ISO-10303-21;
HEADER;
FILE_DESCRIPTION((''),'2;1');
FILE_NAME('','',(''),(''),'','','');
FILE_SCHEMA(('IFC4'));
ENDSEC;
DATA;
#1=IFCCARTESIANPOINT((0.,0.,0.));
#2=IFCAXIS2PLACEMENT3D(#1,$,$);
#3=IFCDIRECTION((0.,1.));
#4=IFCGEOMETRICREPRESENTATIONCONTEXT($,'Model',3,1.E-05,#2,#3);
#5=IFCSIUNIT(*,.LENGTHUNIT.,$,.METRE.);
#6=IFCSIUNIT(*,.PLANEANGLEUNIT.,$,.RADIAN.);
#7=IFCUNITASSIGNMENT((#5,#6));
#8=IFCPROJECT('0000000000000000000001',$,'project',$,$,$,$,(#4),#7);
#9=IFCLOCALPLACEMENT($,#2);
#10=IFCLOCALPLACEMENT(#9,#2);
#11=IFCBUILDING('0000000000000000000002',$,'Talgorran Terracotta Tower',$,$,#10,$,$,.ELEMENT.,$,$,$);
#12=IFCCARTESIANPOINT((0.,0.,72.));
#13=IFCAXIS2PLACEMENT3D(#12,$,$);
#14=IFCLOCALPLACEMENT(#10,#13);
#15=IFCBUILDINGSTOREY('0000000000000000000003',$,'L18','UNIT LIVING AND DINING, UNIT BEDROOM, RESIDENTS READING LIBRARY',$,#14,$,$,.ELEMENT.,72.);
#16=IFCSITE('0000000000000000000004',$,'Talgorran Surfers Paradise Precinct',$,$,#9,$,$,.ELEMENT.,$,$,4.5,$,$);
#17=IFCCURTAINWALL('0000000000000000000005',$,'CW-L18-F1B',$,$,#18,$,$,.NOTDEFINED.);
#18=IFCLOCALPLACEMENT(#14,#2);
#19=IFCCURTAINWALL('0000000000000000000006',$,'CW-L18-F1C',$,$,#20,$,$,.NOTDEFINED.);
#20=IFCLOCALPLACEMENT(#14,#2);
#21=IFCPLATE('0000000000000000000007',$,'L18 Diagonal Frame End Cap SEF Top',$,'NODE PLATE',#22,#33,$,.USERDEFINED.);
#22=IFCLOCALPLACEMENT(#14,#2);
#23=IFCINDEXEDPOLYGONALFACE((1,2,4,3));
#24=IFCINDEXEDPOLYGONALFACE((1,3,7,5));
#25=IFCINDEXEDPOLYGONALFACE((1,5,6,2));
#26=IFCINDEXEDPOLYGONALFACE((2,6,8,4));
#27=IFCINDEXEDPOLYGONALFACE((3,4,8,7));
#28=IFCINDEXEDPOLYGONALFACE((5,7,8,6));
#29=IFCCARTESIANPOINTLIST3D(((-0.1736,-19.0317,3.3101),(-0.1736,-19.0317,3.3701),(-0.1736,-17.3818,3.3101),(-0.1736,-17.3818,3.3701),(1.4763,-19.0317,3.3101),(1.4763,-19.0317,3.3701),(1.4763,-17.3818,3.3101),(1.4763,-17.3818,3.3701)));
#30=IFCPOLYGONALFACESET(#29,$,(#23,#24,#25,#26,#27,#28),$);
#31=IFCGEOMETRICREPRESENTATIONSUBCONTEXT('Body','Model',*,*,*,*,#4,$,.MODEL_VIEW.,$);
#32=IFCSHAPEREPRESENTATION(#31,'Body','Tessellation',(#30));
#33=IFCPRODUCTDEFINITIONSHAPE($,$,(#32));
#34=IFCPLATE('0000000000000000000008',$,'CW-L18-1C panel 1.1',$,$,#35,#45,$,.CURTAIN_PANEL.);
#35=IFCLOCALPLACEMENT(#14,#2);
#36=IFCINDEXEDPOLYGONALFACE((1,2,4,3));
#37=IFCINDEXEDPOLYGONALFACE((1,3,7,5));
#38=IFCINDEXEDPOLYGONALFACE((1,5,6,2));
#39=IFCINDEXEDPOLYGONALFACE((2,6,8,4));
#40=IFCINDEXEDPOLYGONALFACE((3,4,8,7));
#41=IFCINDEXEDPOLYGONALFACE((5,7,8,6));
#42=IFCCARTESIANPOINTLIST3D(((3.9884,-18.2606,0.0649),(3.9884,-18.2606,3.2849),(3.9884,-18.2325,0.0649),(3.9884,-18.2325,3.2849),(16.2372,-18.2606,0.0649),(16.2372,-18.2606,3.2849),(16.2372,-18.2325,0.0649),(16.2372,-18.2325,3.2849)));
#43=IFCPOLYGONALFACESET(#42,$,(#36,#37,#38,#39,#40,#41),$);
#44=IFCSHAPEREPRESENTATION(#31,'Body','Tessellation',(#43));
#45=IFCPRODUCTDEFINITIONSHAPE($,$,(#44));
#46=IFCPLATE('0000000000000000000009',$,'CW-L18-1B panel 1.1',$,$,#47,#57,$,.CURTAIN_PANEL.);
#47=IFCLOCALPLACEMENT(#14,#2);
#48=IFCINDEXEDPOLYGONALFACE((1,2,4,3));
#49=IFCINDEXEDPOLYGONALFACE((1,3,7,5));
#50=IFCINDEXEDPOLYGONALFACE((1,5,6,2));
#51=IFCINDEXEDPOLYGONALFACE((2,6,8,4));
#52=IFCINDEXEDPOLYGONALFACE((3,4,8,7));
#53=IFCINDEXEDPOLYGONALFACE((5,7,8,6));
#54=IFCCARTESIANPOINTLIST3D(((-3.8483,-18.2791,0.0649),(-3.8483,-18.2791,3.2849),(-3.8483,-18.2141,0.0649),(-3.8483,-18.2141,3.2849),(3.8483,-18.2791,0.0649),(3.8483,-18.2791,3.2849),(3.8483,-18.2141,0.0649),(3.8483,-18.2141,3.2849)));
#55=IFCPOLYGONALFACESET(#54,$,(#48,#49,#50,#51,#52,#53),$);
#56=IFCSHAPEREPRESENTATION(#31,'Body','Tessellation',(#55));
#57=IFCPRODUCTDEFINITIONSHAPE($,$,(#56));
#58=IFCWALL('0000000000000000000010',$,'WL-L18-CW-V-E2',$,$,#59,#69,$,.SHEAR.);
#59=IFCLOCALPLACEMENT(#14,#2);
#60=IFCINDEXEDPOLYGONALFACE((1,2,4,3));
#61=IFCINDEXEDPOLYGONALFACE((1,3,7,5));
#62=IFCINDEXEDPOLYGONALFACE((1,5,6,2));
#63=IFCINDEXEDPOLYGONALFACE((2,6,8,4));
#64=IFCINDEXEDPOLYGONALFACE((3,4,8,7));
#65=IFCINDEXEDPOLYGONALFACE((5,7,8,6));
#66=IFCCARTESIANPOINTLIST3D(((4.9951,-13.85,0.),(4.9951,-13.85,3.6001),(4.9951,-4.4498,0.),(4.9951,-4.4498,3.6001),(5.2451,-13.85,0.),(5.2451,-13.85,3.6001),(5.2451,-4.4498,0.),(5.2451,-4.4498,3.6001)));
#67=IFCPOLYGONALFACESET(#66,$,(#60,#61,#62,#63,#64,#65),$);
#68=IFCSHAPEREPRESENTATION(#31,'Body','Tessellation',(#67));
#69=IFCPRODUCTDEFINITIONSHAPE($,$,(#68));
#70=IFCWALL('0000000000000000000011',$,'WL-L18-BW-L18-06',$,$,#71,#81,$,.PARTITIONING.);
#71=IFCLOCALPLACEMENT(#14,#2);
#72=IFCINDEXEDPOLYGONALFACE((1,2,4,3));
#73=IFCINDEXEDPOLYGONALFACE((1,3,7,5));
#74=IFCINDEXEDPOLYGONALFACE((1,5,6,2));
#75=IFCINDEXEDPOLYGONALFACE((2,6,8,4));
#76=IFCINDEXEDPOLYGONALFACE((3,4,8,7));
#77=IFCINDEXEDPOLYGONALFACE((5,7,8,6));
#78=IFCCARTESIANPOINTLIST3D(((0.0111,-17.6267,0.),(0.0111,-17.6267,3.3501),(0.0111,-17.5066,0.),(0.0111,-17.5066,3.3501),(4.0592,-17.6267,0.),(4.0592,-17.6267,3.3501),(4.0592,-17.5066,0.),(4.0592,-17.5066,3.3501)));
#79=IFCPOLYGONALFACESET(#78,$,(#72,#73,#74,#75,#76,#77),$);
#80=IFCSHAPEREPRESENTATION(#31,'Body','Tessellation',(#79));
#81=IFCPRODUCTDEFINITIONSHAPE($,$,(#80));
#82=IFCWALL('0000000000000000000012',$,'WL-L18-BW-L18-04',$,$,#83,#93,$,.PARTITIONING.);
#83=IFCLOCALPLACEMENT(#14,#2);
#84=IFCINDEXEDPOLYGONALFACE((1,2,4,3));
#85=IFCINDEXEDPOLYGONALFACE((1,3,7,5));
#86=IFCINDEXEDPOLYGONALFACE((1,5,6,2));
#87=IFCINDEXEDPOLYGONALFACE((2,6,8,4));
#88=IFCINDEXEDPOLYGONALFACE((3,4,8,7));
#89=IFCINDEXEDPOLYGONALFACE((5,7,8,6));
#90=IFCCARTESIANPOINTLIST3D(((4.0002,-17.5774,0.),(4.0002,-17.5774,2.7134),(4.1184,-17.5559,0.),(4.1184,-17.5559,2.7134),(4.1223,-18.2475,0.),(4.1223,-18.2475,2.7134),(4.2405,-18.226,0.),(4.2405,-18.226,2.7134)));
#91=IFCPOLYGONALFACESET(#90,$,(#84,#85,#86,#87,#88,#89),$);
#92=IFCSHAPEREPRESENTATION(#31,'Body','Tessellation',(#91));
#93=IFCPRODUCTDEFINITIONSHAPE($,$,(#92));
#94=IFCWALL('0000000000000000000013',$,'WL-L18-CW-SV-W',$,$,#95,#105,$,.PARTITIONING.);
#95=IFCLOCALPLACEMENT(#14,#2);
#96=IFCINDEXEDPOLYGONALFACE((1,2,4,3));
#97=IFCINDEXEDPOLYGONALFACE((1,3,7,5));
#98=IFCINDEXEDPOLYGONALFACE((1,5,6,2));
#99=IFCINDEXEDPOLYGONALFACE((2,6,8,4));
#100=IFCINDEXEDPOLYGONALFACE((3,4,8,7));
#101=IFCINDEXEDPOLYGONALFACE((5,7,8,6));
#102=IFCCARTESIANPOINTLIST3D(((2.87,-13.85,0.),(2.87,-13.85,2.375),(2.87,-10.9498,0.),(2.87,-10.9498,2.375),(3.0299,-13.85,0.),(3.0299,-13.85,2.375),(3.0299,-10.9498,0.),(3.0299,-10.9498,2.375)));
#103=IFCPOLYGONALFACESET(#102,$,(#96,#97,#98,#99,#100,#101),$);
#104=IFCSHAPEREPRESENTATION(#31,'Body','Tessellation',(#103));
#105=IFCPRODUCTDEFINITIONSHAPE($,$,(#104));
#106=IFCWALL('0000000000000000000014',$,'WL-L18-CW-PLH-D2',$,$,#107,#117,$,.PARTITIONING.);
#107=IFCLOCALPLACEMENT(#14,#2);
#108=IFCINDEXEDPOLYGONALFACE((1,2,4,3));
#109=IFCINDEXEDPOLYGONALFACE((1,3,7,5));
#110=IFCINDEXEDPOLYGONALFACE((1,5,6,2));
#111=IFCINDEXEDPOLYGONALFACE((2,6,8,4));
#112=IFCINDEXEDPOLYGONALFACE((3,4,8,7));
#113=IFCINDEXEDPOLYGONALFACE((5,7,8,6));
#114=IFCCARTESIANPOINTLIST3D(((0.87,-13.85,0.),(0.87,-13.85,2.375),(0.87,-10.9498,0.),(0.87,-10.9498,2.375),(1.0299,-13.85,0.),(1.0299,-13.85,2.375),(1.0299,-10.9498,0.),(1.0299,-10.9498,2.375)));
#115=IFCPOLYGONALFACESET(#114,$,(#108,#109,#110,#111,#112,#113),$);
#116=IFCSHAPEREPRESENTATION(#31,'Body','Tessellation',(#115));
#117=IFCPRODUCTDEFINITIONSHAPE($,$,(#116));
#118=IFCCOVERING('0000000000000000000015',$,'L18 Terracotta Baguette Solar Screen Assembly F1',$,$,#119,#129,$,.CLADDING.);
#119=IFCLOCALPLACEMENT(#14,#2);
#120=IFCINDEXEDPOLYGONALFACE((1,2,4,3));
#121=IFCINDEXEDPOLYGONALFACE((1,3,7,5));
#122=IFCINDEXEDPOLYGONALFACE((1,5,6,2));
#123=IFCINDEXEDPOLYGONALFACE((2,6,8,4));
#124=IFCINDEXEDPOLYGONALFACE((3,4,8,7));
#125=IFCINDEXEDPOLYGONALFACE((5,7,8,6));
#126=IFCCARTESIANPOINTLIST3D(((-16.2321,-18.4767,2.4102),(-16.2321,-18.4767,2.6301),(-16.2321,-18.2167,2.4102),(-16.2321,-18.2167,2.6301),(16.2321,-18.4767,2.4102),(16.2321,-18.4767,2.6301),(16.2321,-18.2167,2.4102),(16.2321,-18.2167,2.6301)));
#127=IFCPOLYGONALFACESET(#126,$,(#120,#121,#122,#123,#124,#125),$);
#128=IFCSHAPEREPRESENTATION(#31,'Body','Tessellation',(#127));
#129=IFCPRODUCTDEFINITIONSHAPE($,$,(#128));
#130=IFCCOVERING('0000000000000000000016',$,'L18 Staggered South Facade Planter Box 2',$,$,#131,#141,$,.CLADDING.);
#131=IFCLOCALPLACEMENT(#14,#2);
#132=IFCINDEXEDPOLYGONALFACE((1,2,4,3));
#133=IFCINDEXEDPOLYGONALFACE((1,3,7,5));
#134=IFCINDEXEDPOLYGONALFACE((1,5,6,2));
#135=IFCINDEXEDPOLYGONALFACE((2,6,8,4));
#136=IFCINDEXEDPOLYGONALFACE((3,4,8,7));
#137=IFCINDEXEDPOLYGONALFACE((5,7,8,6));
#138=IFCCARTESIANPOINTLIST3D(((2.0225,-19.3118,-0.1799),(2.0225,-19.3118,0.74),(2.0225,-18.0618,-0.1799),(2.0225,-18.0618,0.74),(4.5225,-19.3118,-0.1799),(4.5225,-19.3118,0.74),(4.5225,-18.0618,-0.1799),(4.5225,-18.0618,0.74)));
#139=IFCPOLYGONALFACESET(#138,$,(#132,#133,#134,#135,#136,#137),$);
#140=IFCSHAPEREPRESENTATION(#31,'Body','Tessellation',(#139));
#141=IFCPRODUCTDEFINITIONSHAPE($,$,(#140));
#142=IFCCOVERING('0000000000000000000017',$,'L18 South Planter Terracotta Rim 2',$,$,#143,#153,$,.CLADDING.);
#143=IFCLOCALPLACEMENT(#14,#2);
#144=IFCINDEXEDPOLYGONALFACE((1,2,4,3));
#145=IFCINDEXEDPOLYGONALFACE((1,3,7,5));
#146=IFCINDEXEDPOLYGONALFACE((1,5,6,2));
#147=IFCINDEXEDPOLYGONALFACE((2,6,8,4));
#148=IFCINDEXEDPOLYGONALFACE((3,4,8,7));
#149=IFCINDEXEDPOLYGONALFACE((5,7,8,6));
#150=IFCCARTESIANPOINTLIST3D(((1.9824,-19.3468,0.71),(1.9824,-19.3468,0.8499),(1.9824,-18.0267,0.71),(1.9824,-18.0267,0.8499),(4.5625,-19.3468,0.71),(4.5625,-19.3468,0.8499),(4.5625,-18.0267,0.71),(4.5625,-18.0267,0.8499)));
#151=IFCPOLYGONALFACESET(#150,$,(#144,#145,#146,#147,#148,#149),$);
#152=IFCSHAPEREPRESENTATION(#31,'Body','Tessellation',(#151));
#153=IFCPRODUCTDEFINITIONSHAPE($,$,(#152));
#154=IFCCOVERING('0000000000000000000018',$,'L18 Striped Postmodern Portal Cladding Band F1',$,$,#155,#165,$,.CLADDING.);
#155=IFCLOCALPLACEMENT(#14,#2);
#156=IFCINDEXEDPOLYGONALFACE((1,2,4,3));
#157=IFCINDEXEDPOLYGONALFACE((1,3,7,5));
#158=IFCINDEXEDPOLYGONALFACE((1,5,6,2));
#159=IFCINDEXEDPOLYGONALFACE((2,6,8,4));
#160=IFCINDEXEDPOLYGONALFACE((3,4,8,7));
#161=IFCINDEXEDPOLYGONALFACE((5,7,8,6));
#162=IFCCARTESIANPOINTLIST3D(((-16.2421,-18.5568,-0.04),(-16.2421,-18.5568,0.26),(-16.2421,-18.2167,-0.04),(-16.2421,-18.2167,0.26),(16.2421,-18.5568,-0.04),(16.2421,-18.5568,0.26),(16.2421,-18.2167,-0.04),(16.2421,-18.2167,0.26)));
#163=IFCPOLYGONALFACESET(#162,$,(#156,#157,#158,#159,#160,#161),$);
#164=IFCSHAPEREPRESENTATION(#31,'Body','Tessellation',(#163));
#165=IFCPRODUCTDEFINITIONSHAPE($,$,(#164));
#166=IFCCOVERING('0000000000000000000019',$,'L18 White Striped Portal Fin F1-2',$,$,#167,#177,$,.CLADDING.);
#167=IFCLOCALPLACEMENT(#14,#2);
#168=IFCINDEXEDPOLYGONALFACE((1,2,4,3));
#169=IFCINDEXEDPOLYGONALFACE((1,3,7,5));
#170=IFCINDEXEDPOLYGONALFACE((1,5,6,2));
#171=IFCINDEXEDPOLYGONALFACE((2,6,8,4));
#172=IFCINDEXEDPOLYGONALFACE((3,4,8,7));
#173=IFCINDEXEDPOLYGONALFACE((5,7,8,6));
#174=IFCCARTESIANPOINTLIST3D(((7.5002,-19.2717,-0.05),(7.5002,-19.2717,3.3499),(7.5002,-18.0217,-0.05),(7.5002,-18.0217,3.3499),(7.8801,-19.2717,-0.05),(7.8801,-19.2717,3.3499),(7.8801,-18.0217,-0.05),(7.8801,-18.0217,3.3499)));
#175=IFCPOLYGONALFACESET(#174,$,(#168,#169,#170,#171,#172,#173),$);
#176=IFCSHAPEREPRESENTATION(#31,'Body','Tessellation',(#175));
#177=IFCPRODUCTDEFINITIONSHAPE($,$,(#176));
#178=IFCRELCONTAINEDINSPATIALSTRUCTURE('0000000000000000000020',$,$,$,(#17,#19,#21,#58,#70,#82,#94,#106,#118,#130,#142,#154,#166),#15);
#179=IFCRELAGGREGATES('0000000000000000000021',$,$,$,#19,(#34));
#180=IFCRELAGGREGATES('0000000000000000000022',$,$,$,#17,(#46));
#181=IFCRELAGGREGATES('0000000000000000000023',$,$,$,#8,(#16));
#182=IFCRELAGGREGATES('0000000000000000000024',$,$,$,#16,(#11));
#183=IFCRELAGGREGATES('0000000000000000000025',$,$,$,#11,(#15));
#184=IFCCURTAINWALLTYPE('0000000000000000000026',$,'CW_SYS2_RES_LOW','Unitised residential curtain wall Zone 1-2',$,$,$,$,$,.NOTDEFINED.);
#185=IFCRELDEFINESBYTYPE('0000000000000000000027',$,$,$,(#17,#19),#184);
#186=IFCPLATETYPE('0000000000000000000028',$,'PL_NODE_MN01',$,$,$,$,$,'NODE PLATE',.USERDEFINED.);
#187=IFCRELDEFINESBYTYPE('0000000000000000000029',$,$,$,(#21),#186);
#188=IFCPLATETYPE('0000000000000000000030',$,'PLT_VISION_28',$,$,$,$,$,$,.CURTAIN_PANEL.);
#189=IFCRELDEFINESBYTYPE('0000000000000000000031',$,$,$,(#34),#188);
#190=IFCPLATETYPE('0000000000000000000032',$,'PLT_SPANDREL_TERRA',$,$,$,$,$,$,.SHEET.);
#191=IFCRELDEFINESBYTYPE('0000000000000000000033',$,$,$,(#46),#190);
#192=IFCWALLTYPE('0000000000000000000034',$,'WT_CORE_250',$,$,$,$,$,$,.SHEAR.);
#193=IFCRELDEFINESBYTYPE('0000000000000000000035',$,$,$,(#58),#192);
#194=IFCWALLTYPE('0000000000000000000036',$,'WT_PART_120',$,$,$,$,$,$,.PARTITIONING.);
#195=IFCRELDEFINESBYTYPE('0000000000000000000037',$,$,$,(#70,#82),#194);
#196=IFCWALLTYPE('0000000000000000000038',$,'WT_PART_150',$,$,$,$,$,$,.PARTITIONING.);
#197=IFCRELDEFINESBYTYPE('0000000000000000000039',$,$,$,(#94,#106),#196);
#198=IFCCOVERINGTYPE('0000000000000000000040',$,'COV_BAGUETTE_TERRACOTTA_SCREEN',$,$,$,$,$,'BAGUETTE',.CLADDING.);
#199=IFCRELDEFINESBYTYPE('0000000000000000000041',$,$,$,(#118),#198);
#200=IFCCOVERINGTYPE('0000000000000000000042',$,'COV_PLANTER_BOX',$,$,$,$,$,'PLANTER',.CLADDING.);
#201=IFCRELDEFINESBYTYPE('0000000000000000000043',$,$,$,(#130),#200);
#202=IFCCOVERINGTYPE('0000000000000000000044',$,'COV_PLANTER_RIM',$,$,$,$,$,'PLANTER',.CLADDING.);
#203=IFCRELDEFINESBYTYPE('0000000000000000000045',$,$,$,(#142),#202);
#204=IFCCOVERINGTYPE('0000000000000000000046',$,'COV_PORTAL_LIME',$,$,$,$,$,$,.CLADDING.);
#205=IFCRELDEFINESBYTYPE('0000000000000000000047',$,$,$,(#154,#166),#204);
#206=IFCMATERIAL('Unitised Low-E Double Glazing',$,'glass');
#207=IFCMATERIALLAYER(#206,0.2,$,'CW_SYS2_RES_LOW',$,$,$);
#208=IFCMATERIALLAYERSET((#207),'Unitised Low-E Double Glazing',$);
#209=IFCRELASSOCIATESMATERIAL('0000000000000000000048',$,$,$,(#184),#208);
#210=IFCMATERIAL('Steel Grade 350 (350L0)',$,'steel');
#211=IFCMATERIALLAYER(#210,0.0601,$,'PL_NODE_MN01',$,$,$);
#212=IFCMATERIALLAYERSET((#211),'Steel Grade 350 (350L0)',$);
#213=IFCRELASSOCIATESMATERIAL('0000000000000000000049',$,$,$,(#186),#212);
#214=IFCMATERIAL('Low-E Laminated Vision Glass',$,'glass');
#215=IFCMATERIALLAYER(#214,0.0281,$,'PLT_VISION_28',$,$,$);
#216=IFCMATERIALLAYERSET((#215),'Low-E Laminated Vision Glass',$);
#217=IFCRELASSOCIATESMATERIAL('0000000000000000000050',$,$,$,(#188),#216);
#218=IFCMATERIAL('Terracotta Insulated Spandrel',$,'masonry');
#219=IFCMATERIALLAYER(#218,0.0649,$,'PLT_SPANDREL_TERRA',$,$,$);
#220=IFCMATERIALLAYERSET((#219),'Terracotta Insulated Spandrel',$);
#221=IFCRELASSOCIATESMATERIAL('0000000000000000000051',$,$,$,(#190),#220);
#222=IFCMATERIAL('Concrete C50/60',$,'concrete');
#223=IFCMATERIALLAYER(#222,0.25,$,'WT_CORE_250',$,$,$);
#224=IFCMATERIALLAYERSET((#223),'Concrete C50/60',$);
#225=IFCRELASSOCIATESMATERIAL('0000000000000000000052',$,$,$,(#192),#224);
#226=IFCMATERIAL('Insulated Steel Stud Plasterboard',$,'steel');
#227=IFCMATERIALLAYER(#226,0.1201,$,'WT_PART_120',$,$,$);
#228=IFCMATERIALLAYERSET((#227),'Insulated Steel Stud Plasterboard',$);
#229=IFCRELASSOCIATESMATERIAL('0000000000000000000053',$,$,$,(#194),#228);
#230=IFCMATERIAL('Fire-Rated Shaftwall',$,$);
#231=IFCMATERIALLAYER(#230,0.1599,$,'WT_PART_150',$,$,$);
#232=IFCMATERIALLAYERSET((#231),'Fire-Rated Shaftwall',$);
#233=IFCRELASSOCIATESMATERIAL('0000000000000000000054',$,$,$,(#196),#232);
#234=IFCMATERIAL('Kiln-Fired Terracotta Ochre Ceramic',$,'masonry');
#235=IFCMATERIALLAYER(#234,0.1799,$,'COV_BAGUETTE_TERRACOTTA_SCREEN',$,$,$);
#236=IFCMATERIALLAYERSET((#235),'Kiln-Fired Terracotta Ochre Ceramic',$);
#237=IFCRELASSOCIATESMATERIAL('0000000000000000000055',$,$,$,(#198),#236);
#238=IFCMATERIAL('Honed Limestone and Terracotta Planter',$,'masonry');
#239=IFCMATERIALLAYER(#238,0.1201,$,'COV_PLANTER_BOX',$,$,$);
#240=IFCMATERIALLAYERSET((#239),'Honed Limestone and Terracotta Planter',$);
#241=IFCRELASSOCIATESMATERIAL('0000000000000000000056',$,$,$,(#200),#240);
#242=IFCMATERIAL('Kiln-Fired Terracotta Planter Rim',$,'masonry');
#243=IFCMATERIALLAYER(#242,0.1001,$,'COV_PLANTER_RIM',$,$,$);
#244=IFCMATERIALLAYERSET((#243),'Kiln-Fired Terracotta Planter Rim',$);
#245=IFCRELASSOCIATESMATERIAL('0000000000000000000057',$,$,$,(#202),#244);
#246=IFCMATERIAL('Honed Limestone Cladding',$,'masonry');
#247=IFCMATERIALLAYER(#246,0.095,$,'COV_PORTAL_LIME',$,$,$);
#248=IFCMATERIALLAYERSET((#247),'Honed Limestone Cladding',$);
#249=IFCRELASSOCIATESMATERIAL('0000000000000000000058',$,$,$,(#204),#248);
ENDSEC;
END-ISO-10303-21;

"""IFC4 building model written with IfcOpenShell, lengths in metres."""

from ifc_helpers import new_model, si_unit, direction, frame, frame_2d, origin, origin_2d, place, context, subcontext, project, spatial, rectangle, extrude, source, transform, mapped, material, layer, layer_set, type_object, type_shapes, element, aggregate, save


model = new_model("IFC4")

# Units and contexts
model_context = context("Model", 3, precision=1e-05, world=origin(), true_north=direction((0.0, 1.0)))
body_context = subcontext(model_context, "Body", "Model", "MODEL_VIEW")
ifc_project = project(units=[si_unit("LENGTHUNIT", "METRE"), si_unit("PLANEANGLEUNIT", "RADIAN")], contexts=[model_context])

# Site, building, storey
site_placement = place(None, origin())
site = spatial("IfcSite", under=ifc_project, at=site_placement, Name="Talgorran Surfers Paradise Precinct", CompositionType="ELEMENT", RefElevation=4.5)
building_placement = place(site_placement, origin())
building = spatial("IfcBuilding", under=site, at=building_placement, Name="Talgorran Terracotta Tower", CompositionType="ELEMENT")
storey_placement = place(building_placement, frame((0.0, 0.0, 72.0)))
storey = spatial("IfcBuildingStorey", under=building, at=storey_placement, Name="L18", Description="UNIT LIVING AND DINING, UNIT BEDROOM, RESIDENTS READING LIBRARY", CompositionType="ELEMENT", Elevation=72.0)

# Shared definitions
ifc_material_1 = material(Name="Steel Grade 350 (350L0)", Category="steel")

# Curtain wall
ifc_material_2 = material(Name="Unitised Low-E Double Glazing", Category="glass")
ifc_layer_1 = layer(ifc_material_2, 0.2, Name="CW_SYS2_RES_LOW")
ifc_layer_set_1 = layer_set([ifc_layer_1], Name="Unitised Low-E Double Glazing")
curtain_wall_type = type_object("IfcCurtainWallType", Name="CW_SYS2_RES_LOW", Description="Unitised residential curtain wall Zone 1-2", PredefinedType="NOTDEFINED", material=ifc_layer_set_1)
curtain_wall_1_placement = place(storey_placement, origin())
curtain_wall_1 = element("IfcCurtainWall", 1, at=curtain_wall_1_placement, inside=storey, type_object=curtain_wall_type, Name="CW-L18-F1B", PredefinedType="NOTDEFINED")

# Curtain wall
curtain_wall_2_placement = place(storey_placement, origin())
curtain_wall_2 = element("IfcCurtainWall", 2, at=curtain_wall_2_placement, inside=storey, type_object=curtain_wall_type, Name="CW-L18-F1C", PredefinedType="NOTDEFINED")

# Plate
ifc_layer_2 = layer(ifc_material_1, 0.0601, Name="PL_NODE_MN01")
ifc_layer_set_2 = layer_set([ifc_layer_2], Name="Steel Grade 350 (350L0)")
plate_type_1 = type_object("IfcPlateType", Name="PL_NODE_MN01", ElementType="NODE PLATE", PredefinedType="USERDEFINED", material=ifc_layer_set_2)
plate_1_placement = place(storey_placement, frame((0.6514, -18.2068, 3.3101), z_axis=(0.0, 0.0, 1.0), x_axis=(-1.0, 0.0, 0.0)))
element("IfcPlate", 3, at=plate_1_placement, inside=storey, type_object=plate_type_1, Name="L18 Diagonal Frame End Cap SEF Top", ObjectType="NODE PLATE", PredefinedType="USERDEFINED", context=body_context, shape_type="SweptSolid", body=[
    extrude(rectangle(XDim=1.6499, YDim=1.6499, at=origin_2d()), origin(), (0.0, 0.0, 1.0), 0.0601),
])

# Plates
ifc_material_3 = material(Name="Low-E Laminated Vision Glass", Category="glass")
ifc_layer_3 = layer(ifc_material_3, 0.0281, Name="PLT_VISION_28")
ifc_layer_set_3 = layer_set([ifc_layer_3], Name="Low-E Laminated Vision Glass")
plate_type_2 = type_object("IfcPlateType", Name="PLT_VISION_28", PredefinedType="CURTAIN_PANEL", material=ifc_layer_set_3)
shared_shape_1 = source(origin(), body_context, "Body", "SweptSolid", [
    extrude(rectangle(XDim=12.2488, YDim=0.0281, at=origin_2d()), origin(), (0.0, 0.0, 1.0), 3.22),
])
type_shapes(plate_type_2, [shared_shape_1])
plate_2_placement = place(storey_placement, frame((10.1128, -18.2466, 0.0649), z_axis=(0.0, 0.0, 1.0), x_axis=(1.0, 0.0, 0.0)))
plate_2 = element("IfcPlate", 4, at=plate_2_placement, type_object=plate_type_2, Name="CW-L18-1C panel 1.1", PredefinedType="CURTAIN_PANEL", context=body_context, shape_type="MappedRepresentation", body=[
    mapped(shared_shape_1, transform((0.0, 0.0, 0.0), scale=1.0)),
])
aggregate(curtain_wall_2, [plate_2])
ifc_material_4 = material(Name="Terracotta Insulated Spandrel", Category="masonry")
ifc_layer_4 = layer(ifc_material_4, 0.0649, Name="PLT_SPANDREL_TERRA")
ifc_layer_set_4 = layer_set([ifc_layer_4], Name="Terracotta Insulated Spandrel")
plate_type_3 = type_object("IfcPlateType", Name="PLT_SPANDREL_TERRA", PredefinedType="SHEET", material=ifc_layer_set_4)
shared_shape_2 = source(origin(), body_context, "Body", "SweptSolid", [
    extrude(rectangle(XDim=7.6965, YDim=0.0649, at=origin_2d()), origin(), (0.0, 0.0, 1.0), 3.22),
])
type_shapes(plate_type_3, [shared_shape_2])
plate_3_placement = place(storey_placement, frame((0.0, -18.2466, 0.0649), z_axis=(0.0, 0.0, 1.0), x_axis=(1.0, 0.0, 0.0)))
plate_3 = element("IfcPlate", 5, at=plate_3_placement, type_object=plate_type_3, Name="CW-L18-1B panel 1.1", PredefinedType="CURTAIN_PANEL", context=body_context, shape_type="MappedRepresentation", body=[
    mapped(shared_shape_2, transform((0.0, 0.0, 0.0), scale=1.0)),
])
aggregate(curtain_wall_1, [plate_3])

# Walls
ifc_material_5 = material(Name="Concrete C50/60", Category="concrete")
ifc_layer_5 = layer(ifc_material_5, 0.25, Name="WT_CORE_250")
ifc_layer_set_5 = layer_set([ifc_layer_5], Name="Concrete C50/60")
wall_type_1 = type_object("IfcWallType", Name="WT_CORE_250", PredefinedType="SHEAR", material=ifc_layer_set_5)
wall_1_placement = place(storey_placement, frame((5.1201, -13.8501, 0.0), z_axis=(0.0, 0.0, 1.0), x_axis=(0.0, 1.0, 0.0)))
element("IfcWall", 6, at=wall_1_placement, inside=storey, type_object=wall_type_1, Name="WL-L18-CW-V-E2", PredefinedType="SHEAR", context=body_context, shape_type="SweptSolid", body=[
    extrude(rectangle(XDim=9.4001, YDim=0.25, at=frame_2d((4.7002, 0.0))), origin(), (0.0, 0.0, 1.0), 3.6001),
])
ifc_material_6 = material(Name="Insulated Steel Stud Plasterboard", Category="steel")
ifc_layer_6 = layer(ifc_material_6, 0.1201, Name="WT_PART_120")
ifc_layer_set_6 = layer_set([ifc_layer_6], Name="Insulated Steel Stud Plasterboard")
wall_type_2 = type_object("IfcWallType", Name="WT_PART_120", PredefinedType="PARTITIONING", material=ifc_layer_set_6)
wall_2_placement = place(storey_placement, frame((0.0112, -17.5667, 0.0), z_axis=(0.0, 0.0, 1.0), x_axis=(1.0, 0.0, 0.0)))
element("IfcWall", 7, at=wall_2_placement, inside=storey, type_object=wall_type_2, Name="WL-L18-BW-L18-06", PredefinedType="PARTITIONING", context=body_context, shape_type="SweptSolid", body=[
    extrude(rectangle(XDim=4.0481, YDim=0.1201, at=frame_2d((2.0239, 0.0))), origin(), (0.0, 0.0, 1.0), 3.3501),
])
wall_3_placement = place(storey_placement, frame((4.0593, -17.5667, 0.0), z_axis=(0.0, 0.0, 1.0), x_axis=(0.179201, -0.983813, 0.0)))
element("IfcWall", 8, at=wall_3_placement, inside=storey, type_object=wall_type_2, Name="WL-L18-BW-L18-04", PredefinedType="PARTITIONING", context=body_context, shape_type="SweptSolid", body=[
    extrude(rectangle(XDim=0.6812, YDim=0.1201, at=frame_2d((0.3406, 0.0))), origin(), (0.0, 0.0, 1.0), 2.7134),
])
ifc_material_7 = material(Name="Fire-Rated Shaftwall")
ifc_layer_7 = layer(ifc_material_7, 0.1599, Name="WT_PART_150")
ifc_layer_set_7 = layer_set([ifc_layer_7], Name="Fire-Rated Shaftwall")
wall_type_3 = type_object("IfcWallType", Name="WT_PART_150", PredefinedType="PARTITIONING", material=ifc_layer_set_7)
for number, where, z_axis, x_axis, name in (
    (9, (2.95, -13.8501, 0.0), (0.0, 0.0, 1.0), (0.0, 1.0, 0.0), "WL-L18-CW-SV-W"),
    (10, (0.95, -13.8501, 0.0), (0.0, 0.0, 1.0), (0.0, 1.0, 0.0), "WL-L18-CW-PLH-D2"),
):
    element("IfcWall", number, at=place(storey_placement, frame(where, z_axis=z_axis, x_axis=x_axis)), inside=storey, type_object=wall_type_3, Name=name, PredefinedType="PARTITIONING", context=body_context, shape_type="SweptSolid", body=[
        extrude(rectangle(XDim=2.9001, YDim=0.1599, at=frame_2d((1.4502, 0.0))), origin(), (0.0, 0.0, 1.0), 2.375),
    ])

# Coverings
ifc_material_8 = material(Name="Kiln-Fired Terracotta Ochre Ceramic", Category="masonry")
ifc_layer_8 = layer(ifc_material_8, 0.1799, Name="COV_BAGUETTE_TERRACOTTA_SCREEN")
ifc_layer_set_8 = layer_set([ifc_layer_8], Name="Kiln-Fired Terracotta Ochre Ceramic")
covering_type_1 = type_object("IfcCoveringType", Name="COV_BAGUETTE_TERRACOTTA_SCREEN", ElementType="BAGUETTE", PredefinedType="CLADDING", material=ifc_layer_set_8)
covering_1_placement = place(storey_placement, frame((0.0, -18.3467, 2.4102), z_axis=(0.0, 0.0, 1.0), x_axis=(1.0, 0.0, 0.0)))
element("IfcCovering", 11, at=covering_1_placement, inside=storey, type_object=covering_type_1, Name="L18 Terracotta Baguette Solar Screen Assembly F1", PredefinedType="CLADDING", context=body_context, shape_type="SweptSolid", body=[
    extrude(rectangle(XDim=32.4641, YDim=0.26, at=origin_2d()), origin(), (0.0, 0.0, 1.0), 0.22),
])
ifc_material_9 = material(Name="Honed Limestone and Terracotta Planter", Category="masonry")
ifc_layer_9 = layer(ifc_material_9, 0.1201, Name="COV_PLANTER_BOX")
ifc_layer_set_9 = layer_set([ifc_layer_9], Name="Honed Limestone and Terracotta Planter")
covering_type_2 = type_object("IfcCoveringType", Name="COV_PLANTER_BOX", ElementType="PLANTER", PredefinedType="CLADDING", material=ifc_layer_set_9)
covering_2_placement = place(storey_placement, frame((3.2725, -18.6868, -0.1799), z_axis=(0.0, 0.0, 1.0), x_axis=(1.0, 0.0, 0.0)))
element("IfcCovering", 12, at=covering_2_placement, inside=storey, type_object=covering_type_2, Name="L18 Staggered South Facade Planter Box 2", PredefinedType="CLADDING", context=body_context, shape_type="SweptSolid", body=[
    extrude(rectangle(XDim=2.5, YDim=1.25, at=origin_2d()), origin(), (0.0, 0.0, 1.0), 0.9199),
])
ifc_material_10 = material(Name="Kiln-Fired Terracotta Planter Rim", Category="masonry")
ifc_layer_10 = layer(ifc_material_10, 0.1001, Name="COV_PLANTER_RIM")
ifc_layer_set_10 = layer_set([ifc_layer_10], Name="Kiln-Fired Terracotta Planter Rim")
covering_type_3 = type_object("IfcCoveringType", Name="COV_PLANTER_RIM", ElementType="PLANTER", PredefinedType="CLADDING", material=ifc_layer_set_10)
covering_3_placement = place(storey_placement, frame((3.2725, -18.6868, 0.71), z_axis=(0.0, 0.0, 1.0), x_axis=(1.0, 0.0, 0.0)))
element("IfcCovering", 13, at=covering_3_placement, inside=storey, type_object=covering_type_3, Name="L18 South Planter Terracotta Rim 2", PredefinedType="CLADDING", context=body_context, shape_type="SweptSolid", body=[
    extrude(rectangle(XDim=2.5801, YDim=1.3201, at=origin_2d()), origin(), (0.0, 0.0, 1.0), 0.1399),
])
ifc_material_11 = material(Name="Honed Limestone Cladding", Category="masonry")
ifc_layer_11 = layer(ifc_material_11, 0.095, Name="COV_PORTAL_LIME")
ifc_layer_set_11 = layer_set([ifc_layer_11], Name="Honed Limestone Cladding")
covering_type_4 = type_object("IfcCoveringType", Name="COV_PORTAL_LIME", PredefinedType="CLADDING", material=ifc_layer_set_11)
covering_4_placement = place(storey_placement, frame((0.0, -18.3867, -0.04), z_axis=(0.0, 0.0, 1.0), x_axis=(1.0, 0.0, 0.0)))
element("IfcCovering", 14, at=covering_4_placement, inside=storey, type_object=covering_type_4, Name="L18 Striped Postmodern Portal Cladding Band F1", PredefinedType="CLADDING", context=body_context, shape_type="SweptSolid", body=[
    extrude(rectangle(XDim=32.4841, YDim=0.3401, at=origin_2d()), origin(), (0.0, 0.0, 1.0), 0.3),
])
covering_5_placement = place(storey_placement, frame((7.6902, -18.6467, -0.05), z_axis=(0.0, 0.0, 1.0), x_axis=(1.0, 0.0, 0.0)))
element("IfcCovering", 15, at=covering_5_placement, inside=storey, type_object=covering_type_4, Name="L18 White Striped Portal Fin F1-2", PredefinedType="CLADDING", context=body_context, shape_type="SweptSolid", body=[
    extrude(rectangle(XDim=0.3799, YDim=1.25, at=origin_2d()), origin(), (0.0, 0.0, 1.0), 3.3999),
])

save(model, "model.ifc")
